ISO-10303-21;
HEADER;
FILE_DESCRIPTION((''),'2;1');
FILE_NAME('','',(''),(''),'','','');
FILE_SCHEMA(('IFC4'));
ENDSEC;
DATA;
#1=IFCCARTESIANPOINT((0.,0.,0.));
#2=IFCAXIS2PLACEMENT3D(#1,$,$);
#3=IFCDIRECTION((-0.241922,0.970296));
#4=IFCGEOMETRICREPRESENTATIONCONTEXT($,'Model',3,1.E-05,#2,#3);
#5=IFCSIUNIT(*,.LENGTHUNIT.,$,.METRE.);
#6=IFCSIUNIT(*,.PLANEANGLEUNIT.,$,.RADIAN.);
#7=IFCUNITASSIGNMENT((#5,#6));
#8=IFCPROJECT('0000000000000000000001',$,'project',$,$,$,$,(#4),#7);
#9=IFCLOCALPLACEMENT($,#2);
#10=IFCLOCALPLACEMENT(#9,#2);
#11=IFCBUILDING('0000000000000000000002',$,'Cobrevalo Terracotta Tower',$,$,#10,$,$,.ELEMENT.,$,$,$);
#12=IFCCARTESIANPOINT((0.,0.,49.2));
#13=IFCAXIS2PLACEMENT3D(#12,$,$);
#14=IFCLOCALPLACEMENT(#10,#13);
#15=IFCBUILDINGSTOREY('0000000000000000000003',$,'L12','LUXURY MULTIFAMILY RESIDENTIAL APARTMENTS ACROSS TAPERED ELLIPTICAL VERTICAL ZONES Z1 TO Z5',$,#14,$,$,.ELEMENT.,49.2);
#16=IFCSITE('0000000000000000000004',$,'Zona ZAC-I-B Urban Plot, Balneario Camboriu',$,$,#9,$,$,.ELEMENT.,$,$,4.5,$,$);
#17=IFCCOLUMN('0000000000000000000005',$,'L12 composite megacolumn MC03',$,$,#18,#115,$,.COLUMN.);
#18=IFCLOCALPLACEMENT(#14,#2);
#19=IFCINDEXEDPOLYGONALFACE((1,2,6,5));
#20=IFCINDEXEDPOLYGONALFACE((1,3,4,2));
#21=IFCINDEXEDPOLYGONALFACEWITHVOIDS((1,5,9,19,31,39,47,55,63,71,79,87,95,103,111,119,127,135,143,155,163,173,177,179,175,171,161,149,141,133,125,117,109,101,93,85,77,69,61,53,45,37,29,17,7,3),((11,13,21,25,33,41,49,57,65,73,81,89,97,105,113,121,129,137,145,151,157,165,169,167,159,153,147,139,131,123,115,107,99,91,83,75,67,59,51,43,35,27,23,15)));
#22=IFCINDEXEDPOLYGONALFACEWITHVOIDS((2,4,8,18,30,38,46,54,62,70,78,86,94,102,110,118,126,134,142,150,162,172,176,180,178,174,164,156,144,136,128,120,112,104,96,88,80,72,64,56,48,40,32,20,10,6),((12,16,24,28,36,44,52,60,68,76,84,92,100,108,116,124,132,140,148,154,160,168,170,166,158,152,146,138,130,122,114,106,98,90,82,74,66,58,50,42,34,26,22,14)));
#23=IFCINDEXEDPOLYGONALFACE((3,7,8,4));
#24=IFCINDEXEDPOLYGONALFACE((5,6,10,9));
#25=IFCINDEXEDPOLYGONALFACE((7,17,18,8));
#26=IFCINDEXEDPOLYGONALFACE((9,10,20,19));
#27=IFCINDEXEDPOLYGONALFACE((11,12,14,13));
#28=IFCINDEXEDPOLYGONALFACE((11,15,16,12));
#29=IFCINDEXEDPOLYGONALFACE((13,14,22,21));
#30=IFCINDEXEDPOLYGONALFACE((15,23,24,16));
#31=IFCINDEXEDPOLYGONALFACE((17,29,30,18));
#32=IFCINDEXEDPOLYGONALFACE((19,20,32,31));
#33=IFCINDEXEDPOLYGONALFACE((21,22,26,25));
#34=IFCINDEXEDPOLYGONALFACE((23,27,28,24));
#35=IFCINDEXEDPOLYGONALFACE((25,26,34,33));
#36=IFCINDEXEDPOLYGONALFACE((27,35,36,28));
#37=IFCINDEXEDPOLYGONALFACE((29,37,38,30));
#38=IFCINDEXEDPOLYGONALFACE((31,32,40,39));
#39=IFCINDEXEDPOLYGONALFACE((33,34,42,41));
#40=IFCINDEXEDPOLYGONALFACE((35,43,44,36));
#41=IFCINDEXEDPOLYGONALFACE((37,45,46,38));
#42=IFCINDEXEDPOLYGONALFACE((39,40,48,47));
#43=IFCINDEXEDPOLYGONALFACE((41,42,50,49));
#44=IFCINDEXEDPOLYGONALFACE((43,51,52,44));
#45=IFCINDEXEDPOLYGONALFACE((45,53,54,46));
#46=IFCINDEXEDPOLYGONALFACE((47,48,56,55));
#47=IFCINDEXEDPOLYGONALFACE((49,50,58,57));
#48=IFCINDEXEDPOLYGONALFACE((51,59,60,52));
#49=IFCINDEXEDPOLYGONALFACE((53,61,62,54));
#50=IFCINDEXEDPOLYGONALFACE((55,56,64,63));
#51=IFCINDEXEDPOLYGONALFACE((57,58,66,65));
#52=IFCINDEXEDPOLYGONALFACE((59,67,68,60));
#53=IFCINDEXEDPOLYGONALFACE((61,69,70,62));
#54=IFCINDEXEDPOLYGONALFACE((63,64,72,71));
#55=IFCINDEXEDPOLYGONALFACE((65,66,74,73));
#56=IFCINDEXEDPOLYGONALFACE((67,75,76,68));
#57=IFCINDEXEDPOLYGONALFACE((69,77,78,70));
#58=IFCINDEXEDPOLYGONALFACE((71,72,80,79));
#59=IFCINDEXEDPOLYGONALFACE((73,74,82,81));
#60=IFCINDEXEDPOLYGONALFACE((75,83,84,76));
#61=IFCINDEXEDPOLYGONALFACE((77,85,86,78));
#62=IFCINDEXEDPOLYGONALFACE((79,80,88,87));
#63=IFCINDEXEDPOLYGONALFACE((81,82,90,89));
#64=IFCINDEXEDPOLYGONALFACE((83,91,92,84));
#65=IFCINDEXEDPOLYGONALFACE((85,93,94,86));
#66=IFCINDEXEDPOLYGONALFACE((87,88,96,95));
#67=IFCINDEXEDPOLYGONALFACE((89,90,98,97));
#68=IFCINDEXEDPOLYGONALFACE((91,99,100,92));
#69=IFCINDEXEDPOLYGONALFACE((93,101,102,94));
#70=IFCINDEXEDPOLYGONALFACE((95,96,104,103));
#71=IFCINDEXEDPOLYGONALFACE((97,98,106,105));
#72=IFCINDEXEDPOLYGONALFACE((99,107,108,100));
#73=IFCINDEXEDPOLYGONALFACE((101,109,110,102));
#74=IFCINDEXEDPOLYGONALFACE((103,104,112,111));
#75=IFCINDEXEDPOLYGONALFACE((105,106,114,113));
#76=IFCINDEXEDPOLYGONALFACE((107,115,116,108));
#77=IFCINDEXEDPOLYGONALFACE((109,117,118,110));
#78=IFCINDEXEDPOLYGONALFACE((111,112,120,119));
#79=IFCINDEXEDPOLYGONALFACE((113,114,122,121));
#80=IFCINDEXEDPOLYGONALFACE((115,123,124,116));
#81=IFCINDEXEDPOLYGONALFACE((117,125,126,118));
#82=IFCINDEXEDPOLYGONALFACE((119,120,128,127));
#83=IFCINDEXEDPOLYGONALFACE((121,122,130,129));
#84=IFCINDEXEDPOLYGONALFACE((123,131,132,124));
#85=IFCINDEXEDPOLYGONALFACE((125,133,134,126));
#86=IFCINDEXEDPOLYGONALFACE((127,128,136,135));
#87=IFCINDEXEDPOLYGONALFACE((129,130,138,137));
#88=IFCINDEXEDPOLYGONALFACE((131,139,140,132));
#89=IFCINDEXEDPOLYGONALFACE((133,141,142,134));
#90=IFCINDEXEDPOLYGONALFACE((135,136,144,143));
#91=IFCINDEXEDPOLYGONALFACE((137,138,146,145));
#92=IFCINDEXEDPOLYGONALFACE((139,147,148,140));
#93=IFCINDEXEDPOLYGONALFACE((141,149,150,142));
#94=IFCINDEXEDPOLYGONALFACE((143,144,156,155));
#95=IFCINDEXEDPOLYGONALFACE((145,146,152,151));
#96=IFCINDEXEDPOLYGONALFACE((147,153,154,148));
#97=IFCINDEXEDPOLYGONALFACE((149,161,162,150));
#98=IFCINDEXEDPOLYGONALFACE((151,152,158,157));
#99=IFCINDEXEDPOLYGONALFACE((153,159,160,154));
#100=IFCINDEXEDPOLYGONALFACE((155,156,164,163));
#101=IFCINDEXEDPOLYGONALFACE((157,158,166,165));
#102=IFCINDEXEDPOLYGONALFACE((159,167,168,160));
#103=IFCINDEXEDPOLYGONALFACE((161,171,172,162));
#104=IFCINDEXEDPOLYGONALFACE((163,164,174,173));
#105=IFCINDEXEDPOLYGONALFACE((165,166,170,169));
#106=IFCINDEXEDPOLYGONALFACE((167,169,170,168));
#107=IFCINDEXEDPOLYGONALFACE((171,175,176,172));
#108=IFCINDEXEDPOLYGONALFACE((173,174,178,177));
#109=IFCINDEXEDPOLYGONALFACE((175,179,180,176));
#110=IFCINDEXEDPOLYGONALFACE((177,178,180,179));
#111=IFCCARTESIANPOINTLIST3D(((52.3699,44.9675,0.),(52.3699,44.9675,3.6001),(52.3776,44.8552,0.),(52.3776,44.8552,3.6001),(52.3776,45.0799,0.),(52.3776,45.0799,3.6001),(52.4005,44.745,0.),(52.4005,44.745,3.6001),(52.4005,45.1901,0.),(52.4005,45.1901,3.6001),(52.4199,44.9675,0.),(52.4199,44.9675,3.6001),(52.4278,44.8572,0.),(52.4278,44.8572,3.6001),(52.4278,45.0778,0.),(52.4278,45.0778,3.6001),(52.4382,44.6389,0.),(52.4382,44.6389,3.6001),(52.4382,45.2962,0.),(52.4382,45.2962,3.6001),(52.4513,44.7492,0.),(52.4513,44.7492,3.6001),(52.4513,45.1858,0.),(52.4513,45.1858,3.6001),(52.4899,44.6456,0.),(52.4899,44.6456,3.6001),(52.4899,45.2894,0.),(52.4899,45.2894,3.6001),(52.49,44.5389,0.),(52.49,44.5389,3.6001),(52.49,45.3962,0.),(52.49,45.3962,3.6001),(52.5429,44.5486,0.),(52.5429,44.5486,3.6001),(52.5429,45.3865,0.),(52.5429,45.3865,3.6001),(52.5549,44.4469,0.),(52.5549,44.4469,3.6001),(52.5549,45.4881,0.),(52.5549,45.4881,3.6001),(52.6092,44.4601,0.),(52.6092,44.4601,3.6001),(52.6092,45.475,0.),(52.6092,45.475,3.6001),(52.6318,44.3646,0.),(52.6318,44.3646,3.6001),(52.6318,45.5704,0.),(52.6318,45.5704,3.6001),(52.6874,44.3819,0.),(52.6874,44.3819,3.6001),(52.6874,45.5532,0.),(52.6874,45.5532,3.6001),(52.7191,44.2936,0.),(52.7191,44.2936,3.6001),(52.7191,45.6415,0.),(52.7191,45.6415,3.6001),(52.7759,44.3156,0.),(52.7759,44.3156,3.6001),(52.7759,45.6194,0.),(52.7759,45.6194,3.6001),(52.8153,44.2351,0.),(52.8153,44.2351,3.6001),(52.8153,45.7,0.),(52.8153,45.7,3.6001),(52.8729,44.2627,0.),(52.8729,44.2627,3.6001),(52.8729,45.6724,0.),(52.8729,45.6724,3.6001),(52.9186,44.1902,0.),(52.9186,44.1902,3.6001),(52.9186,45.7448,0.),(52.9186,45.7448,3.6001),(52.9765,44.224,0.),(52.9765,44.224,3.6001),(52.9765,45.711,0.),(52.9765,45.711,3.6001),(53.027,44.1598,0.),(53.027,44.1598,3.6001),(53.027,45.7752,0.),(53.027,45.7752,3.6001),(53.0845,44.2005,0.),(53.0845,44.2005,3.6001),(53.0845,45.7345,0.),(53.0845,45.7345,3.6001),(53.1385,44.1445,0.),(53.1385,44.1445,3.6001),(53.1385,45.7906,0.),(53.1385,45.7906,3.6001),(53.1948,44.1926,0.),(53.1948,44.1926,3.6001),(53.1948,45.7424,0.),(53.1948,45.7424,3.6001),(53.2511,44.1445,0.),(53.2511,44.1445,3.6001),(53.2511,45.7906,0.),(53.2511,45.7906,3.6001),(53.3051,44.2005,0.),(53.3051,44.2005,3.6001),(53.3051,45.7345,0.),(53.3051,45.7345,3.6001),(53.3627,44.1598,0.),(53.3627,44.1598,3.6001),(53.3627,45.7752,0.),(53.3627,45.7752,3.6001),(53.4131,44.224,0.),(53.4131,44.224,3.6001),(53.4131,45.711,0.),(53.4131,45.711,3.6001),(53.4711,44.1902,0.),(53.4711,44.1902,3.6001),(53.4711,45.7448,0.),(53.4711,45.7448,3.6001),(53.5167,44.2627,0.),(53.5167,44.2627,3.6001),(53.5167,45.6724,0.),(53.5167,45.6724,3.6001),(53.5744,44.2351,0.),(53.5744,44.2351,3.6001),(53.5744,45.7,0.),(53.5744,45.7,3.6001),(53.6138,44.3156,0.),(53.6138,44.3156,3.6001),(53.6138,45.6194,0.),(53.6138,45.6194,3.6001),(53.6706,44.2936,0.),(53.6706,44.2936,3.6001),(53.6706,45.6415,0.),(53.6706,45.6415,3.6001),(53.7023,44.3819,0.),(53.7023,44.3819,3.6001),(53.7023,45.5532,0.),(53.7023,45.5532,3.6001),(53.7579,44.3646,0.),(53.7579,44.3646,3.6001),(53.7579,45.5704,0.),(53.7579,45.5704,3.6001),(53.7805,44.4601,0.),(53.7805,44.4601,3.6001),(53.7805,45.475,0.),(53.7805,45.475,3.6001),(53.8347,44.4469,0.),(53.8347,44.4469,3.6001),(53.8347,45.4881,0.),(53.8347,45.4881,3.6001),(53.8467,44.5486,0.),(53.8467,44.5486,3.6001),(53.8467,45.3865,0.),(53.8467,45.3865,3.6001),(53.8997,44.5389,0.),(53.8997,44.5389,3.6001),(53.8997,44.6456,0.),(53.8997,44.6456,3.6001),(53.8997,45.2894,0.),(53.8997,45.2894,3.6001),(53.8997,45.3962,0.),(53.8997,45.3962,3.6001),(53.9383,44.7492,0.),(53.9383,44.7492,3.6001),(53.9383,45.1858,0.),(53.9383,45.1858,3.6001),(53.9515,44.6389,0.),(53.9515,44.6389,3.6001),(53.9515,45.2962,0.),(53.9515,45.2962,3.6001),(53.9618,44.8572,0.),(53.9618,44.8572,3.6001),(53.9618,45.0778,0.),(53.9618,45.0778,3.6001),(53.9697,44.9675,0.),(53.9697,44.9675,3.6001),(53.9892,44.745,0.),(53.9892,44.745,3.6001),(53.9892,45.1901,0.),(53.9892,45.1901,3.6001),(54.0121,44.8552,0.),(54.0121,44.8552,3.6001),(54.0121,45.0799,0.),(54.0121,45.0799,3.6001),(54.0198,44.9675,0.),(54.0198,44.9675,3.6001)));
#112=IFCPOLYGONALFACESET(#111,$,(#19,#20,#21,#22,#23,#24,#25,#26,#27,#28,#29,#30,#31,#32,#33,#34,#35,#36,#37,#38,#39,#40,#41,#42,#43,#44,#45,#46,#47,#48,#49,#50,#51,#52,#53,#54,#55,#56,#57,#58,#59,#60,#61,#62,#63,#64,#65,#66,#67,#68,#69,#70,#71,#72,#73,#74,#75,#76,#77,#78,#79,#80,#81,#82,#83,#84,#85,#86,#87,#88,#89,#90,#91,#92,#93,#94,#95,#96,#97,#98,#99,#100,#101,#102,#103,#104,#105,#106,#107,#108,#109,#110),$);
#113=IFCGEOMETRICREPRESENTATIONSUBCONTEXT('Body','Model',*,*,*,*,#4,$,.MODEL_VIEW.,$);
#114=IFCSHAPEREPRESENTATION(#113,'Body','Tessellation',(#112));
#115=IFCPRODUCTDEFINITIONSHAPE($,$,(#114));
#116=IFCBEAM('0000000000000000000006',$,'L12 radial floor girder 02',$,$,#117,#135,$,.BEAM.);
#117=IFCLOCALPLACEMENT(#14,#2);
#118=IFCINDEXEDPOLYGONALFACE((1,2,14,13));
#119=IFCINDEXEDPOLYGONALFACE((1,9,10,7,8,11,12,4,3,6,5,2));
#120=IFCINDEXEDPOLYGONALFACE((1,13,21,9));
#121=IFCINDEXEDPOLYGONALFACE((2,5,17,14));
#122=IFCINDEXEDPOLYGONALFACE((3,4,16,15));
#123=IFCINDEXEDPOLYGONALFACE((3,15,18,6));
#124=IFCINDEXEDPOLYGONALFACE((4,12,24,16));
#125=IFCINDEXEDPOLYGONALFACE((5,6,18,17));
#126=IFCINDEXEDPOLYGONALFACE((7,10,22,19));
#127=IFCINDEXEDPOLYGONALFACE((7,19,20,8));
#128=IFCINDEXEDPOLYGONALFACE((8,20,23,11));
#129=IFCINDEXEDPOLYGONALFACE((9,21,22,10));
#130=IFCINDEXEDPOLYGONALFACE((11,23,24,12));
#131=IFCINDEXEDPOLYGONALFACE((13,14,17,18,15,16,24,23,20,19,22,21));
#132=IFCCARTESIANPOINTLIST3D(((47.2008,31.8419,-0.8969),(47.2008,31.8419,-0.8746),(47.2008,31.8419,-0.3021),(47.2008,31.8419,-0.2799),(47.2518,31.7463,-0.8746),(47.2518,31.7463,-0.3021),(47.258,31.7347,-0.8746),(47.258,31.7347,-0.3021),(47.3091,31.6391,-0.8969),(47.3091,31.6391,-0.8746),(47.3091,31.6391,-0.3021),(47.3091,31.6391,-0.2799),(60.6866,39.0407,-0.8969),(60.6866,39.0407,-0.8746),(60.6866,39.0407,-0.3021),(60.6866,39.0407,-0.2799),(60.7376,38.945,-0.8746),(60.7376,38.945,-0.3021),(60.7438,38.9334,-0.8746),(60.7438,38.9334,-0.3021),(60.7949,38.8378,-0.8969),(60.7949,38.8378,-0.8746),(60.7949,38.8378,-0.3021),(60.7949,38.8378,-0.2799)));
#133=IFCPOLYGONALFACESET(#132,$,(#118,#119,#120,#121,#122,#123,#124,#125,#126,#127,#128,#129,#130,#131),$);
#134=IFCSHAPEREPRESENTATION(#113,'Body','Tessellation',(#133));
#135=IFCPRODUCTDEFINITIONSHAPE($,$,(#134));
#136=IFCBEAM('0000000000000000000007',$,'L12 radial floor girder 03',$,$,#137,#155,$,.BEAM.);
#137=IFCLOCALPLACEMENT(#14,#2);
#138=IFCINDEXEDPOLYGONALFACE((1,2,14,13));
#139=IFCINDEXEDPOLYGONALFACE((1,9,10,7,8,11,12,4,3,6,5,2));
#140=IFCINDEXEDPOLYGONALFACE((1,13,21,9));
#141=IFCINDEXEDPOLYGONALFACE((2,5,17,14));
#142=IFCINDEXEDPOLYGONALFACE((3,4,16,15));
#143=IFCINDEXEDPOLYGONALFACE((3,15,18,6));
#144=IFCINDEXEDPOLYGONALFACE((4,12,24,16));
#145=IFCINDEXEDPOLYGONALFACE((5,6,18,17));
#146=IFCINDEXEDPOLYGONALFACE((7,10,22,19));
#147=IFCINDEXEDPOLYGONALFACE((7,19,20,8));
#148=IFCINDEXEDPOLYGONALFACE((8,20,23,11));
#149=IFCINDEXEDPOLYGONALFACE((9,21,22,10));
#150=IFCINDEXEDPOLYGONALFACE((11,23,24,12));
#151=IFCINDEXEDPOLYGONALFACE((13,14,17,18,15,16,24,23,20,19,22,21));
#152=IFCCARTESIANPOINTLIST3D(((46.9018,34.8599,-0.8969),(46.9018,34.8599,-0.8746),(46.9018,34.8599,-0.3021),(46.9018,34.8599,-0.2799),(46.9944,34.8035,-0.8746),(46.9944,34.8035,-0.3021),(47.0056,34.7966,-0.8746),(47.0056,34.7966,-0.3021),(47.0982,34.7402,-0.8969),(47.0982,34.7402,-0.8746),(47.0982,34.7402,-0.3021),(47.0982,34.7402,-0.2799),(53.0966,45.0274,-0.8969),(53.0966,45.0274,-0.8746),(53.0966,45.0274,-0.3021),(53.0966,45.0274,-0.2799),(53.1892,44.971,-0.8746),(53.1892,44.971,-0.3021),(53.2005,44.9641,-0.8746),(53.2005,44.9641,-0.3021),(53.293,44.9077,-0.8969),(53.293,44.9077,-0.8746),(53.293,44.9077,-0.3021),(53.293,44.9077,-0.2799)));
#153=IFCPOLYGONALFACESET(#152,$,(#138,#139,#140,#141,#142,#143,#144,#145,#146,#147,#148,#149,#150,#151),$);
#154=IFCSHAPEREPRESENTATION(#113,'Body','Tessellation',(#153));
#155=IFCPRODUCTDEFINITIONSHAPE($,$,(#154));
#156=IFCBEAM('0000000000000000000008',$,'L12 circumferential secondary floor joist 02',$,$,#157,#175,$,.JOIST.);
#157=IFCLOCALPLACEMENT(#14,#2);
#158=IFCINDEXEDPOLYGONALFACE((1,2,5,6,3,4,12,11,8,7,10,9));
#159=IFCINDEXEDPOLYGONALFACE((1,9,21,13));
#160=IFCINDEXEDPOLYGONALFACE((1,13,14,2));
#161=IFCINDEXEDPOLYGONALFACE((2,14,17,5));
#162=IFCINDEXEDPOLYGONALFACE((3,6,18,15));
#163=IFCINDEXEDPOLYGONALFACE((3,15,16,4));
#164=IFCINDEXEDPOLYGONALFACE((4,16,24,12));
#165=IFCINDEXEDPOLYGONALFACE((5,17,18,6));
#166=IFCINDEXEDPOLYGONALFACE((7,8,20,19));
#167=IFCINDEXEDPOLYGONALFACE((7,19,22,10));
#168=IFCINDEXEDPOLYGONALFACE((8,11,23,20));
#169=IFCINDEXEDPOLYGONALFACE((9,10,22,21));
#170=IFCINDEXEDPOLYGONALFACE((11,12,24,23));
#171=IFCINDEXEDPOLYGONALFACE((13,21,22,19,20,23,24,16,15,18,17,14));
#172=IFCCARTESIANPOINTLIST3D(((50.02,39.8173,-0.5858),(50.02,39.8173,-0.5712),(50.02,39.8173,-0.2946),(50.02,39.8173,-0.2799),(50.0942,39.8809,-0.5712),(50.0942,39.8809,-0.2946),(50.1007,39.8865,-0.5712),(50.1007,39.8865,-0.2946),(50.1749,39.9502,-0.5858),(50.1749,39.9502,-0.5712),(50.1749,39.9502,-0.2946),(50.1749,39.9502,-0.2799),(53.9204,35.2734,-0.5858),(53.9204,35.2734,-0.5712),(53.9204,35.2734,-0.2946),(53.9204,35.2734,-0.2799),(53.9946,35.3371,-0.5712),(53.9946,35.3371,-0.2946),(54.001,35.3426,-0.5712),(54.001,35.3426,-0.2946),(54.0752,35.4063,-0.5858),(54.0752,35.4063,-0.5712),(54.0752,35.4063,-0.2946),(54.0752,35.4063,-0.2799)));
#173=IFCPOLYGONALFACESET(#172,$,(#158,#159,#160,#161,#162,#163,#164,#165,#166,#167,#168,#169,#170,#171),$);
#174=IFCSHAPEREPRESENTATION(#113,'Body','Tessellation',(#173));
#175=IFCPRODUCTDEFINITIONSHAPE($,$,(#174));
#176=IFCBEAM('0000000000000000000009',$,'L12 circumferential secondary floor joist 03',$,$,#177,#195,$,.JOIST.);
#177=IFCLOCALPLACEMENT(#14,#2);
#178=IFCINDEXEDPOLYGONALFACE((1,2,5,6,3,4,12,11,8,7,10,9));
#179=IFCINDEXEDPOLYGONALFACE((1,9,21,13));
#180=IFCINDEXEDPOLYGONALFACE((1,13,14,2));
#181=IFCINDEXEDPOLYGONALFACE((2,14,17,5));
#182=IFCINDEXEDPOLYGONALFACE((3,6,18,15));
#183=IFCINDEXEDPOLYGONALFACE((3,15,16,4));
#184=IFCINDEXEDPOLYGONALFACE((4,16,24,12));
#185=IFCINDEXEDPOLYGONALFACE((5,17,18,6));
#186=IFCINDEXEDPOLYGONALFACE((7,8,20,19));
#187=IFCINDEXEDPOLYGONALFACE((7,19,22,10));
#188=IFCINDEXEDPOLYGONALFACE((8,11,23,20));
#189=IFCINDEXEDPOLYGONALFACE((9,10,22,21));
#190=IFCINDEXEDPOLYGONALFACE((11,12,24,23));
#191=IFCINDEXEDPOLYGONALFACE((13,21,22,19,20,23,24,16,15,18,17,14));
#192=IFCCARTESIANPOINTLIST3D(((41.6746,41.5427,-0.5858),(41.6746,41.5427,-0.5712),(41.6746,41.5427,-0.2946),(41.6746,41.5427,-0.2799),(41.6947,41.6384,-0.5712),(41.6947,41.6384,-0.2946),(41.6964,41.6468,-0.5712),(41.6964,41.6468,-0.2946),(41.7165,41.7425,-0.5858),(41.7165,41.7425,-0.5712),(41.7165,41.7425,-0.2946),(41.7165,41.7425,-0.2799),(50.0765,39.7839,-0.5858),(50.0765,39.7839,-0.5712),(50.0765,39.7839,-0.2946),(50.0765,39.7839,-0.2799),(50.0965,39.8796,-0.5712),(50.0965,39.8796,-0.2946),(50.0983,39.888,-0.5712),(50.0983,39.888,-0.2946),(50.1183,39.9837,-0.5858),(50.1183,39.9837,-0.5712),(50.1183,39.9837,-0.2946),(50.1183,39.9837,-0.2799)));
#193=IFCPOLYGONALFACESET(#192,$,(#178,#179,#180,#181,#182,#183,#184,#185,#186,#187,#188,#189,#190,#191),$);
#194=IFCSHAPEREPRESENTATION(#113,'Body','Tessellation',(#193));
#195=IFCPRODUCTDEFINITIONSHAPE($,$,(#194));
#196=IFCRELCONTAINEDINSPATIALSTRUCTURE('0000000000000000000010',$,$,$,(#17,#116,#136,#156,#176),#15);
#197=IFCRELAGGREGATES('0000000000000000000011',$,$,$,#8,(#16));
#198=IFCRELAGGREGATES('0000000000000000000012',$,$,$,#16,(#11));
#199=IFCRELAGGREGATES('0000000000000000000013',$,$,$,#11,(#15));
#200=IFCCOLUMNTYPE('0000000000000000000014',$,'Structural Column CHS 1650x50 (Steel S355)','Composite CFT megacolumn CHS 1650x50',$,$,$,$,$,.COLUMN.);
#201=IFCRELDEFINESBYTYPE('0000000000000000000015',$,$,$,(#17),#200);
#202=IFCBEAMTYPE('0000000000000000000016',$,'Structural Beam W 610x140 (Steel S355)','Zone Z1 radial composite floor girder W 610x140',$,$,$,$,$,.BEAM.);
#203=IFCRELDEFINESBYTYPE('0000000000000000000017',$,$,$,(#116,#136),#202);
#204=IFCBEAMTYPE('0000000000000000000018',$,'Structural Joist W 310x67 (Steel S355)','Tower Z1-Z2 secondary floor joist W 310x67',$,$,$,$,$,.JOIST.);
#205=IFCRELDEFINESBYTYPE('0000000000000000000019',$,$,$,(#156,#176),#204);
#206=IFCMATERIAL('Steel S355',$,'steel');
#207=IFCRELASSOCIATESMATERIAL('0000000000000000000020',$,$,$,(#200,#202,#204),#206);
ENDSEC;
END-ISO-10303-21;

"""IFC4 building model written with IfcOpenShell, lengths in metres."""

from ifc_helpers import new_model, si_unit, direction, frame, origin, origin_2d, place, context, subcontext, project, spatial, hollow_circle, i_section, extrude, material, material_profile, profile_set, type_object, element, save


model = new_model("IFC4")

# Units and contexts
model_context = context("Model", 3, precision=1e-05, world=origin(), true_north=direction((-0.241922, 0.970296)))
body_context = subcontext(model_context, "Body", "Model", "MODEL_VIEW")
ifc_project = project(units=[si_unit("LENGTHUNIT", "METRE"), si_unit("PLANEANGLEUNIT", "RADIAN")], contexts=[model_context])

# Site, building, storey
site_placement = place(None, origin())
site = spatial("IfcSite", under=ifc_project, at=site_placement, Name="Zona ZAC-I-B Urban Plot, Balneario Camboriu", CompositionType="ELEMENT", RefElevation=4.5)
building_placement = place(site_placement, origin())
building = spatial("IfcBuilding", under=site, at=building_placement, Name="Cobrevalo Terracotta Tower", CompositionType="ELEMENT")
storey_placement = place(building_placement, frame((0.0, 0.0, 49.2)))
storey = spatial("IfcBuildingStorey", under=building, at=storey_placement, Name="L12", Description="LUXURY MULTIFAMILY RESIDENTIAL APARTMENTS ACROSS TAPERED ELLIPTICAL VERTICAL ZONES Z1 TO Z5", CompositionType="ELEMENT", Elevation=49.2)

# Column
ifc_material_1 = material(Name="Steel S355", Category="steel")
ifc_material_profile_1 = material_profile(ifc_material_1, hollow_circle(Radius=0.825, WallThickness=0.05, at=origin_2d()), Name="CHS 1650x50")
ifc_profile_set_1 = profile_set([ifc_material_profile_1], Name="Steel S355")
column_type = type_object("IfcColumnType", Name="Structural Column CHS 1650x50 (Steel S355)", Description="Composite CFT megacolumn CHS 1650x50", PredefinedType="COLUMN", material=ifc_profile_set_1)
for number, where, z_axis, x_axis, name in (
    (1, (53.1948, 44.9675, 0.0), (0.0, 0.0, 1.0), (1.0, 0.0, 0.0), "L12 composite megacolumn MC03"),
):
    element("IfcColumn", number, at=place(storey_placement, frame(where, z_axis=z_axis, x_axis=x_axis)), inside=storey, type_object=column_type, Name=name, PredefinedType="COLUMN", context=body_context, shape_type="SweptSolid", body=[
        extrude(hollow_circle(Radius=0.825, WallThickness=0.05, at=origin_2d()), origin(), (0.0, 0.0, 1.0), 3.6001),
    ])

# Beams
ifc_material_profile_2 = material_profile(ifc_material_1, i_section(OverallWidth=0.23, OverallDepth=0.6169, WebThickness=0.0132, FlangeThickness=0.0222, at=origin_2d()), Name="W 610x140")
ifc_profile_set_2 = profile_set([ifc_material_profile_2], Name="Steel S355")
beam_type_1 = type_object("IfcBeamType", Name="Structural Beam W 610x140 (Steel S355)", Description="Zone Z1 radial composite floor girder W 610x140", PredefinedType="BEAM", material=ifc_profile_set_2)
beam_1_placement = place(storey_placement, frame((60.7407, 38.9392, -0.5884), z_axis=(-0.882182, -0.470908, 0.0), x_axis=(0.470908, -0.882182, 0.0)))
element("IfcBeam", 2, at=beam_1_placement, inside=storey, type_object=beam_type_1, Name="L12 radial floor girder 02", PredefinedType="BEAM", context=body_context, shape_type="SweptSolid", body=[
    extrude(i_section(OverallWidth=0.23, OverallDepth=0.6169, WebThickness=0.0132, FlangeThickness=0.0222, at=origin_2d()), origin(), (0.0, 0.0, 1.0), 15.2869),
])
beam_2_placement = place(storey_placement, frame((53.1948, 44.9675, -0.5884), z_axis=(-0.52031, -0.853978, 0.0), x_axis=(0.853978, -0.52031, 0.0)))
element("IfcBeam", 3, at=beam_2_placement, inside=storey, type_object=beam_type_1, Name="L12 radial floor girder 03", PredefinedType="BEAM", context=body_context, shape_type="SweptSolid", body=[
    extrude(i_section(OverallWidth=0.23, OverallDepth=0.6169, WebThickness=0.0132, FlangeThickness=0.0222, at=origin_2d()), origin(), (0.0, 0.0, 1.0), 11.906),
])
ifc_material_profile_3 = material_profile(ifc_material_1, i_section(OverallWidth=0.2041, OverallDepth=0.3059, WebThickness=0.0085, FlangeThickness=0.0146, at=origin_2d()), Name="W 310x67")
ifc_profile_set_3 = profile_set([ifc_material_profile_3], Name="Steel S355")
beam_type_2 = type_object("IfcBeamType", Name="Structural Joist W 310x67 (Steel S355)", Description="Tower Z1-Z2 secondary floor joist W 310x67", PredefinedType="JOIST", material=ifc_profile_set_3)
beam_3_placement = place(storey_placement, frame((53.9978, 35.3398, -0.4329), z_axis=(-0.651328, 0.758796, 0.0), x_axis=(-0.758796, -0.651328, 0.0)))
element("IfcBeam", 4, at=beam_3_placement, inside=storey, type_object=beam_type_2, Name="L12 circumferential secondary floor joist 02", PredefinedType="JOIST", context=body_context, shape_type="SweptSolid", body=[
    extrude(i_section(OverallWidth=0.2041, OverallDepth=0.3059, WebThickness=0.0085, FlangeThickness=0.0146, at=origin_2d()), origin(), (0.0, 0.0, 1.0), 5.9883),
])
beam_4_placement = place(storey_placement, frame((50.0974, 39.8838, -0.4329), z_axis=(-0.978785, 0.204892, 0.0), x_axis=(-0.204892, -0.978785, 0.0)))
element("IfcBeam", 5, at=beam_4_placement, inside=storey, type_object=beam_type_2, Name="L12 circumferential secondary floor joist 03", PredefinedType="JOIST", context=body_context, shape_type="SweptSolid", body=[
    extrude(i_section(OverallWidth=0.2041, OverallDepth=0.3059, WebThickness=0.0085, FlangeThickness=0.0146, at=origin_2d()), origin(), (0.0, 0.0, 1.0), 8.584),
])

save(model, "model.ifc")
